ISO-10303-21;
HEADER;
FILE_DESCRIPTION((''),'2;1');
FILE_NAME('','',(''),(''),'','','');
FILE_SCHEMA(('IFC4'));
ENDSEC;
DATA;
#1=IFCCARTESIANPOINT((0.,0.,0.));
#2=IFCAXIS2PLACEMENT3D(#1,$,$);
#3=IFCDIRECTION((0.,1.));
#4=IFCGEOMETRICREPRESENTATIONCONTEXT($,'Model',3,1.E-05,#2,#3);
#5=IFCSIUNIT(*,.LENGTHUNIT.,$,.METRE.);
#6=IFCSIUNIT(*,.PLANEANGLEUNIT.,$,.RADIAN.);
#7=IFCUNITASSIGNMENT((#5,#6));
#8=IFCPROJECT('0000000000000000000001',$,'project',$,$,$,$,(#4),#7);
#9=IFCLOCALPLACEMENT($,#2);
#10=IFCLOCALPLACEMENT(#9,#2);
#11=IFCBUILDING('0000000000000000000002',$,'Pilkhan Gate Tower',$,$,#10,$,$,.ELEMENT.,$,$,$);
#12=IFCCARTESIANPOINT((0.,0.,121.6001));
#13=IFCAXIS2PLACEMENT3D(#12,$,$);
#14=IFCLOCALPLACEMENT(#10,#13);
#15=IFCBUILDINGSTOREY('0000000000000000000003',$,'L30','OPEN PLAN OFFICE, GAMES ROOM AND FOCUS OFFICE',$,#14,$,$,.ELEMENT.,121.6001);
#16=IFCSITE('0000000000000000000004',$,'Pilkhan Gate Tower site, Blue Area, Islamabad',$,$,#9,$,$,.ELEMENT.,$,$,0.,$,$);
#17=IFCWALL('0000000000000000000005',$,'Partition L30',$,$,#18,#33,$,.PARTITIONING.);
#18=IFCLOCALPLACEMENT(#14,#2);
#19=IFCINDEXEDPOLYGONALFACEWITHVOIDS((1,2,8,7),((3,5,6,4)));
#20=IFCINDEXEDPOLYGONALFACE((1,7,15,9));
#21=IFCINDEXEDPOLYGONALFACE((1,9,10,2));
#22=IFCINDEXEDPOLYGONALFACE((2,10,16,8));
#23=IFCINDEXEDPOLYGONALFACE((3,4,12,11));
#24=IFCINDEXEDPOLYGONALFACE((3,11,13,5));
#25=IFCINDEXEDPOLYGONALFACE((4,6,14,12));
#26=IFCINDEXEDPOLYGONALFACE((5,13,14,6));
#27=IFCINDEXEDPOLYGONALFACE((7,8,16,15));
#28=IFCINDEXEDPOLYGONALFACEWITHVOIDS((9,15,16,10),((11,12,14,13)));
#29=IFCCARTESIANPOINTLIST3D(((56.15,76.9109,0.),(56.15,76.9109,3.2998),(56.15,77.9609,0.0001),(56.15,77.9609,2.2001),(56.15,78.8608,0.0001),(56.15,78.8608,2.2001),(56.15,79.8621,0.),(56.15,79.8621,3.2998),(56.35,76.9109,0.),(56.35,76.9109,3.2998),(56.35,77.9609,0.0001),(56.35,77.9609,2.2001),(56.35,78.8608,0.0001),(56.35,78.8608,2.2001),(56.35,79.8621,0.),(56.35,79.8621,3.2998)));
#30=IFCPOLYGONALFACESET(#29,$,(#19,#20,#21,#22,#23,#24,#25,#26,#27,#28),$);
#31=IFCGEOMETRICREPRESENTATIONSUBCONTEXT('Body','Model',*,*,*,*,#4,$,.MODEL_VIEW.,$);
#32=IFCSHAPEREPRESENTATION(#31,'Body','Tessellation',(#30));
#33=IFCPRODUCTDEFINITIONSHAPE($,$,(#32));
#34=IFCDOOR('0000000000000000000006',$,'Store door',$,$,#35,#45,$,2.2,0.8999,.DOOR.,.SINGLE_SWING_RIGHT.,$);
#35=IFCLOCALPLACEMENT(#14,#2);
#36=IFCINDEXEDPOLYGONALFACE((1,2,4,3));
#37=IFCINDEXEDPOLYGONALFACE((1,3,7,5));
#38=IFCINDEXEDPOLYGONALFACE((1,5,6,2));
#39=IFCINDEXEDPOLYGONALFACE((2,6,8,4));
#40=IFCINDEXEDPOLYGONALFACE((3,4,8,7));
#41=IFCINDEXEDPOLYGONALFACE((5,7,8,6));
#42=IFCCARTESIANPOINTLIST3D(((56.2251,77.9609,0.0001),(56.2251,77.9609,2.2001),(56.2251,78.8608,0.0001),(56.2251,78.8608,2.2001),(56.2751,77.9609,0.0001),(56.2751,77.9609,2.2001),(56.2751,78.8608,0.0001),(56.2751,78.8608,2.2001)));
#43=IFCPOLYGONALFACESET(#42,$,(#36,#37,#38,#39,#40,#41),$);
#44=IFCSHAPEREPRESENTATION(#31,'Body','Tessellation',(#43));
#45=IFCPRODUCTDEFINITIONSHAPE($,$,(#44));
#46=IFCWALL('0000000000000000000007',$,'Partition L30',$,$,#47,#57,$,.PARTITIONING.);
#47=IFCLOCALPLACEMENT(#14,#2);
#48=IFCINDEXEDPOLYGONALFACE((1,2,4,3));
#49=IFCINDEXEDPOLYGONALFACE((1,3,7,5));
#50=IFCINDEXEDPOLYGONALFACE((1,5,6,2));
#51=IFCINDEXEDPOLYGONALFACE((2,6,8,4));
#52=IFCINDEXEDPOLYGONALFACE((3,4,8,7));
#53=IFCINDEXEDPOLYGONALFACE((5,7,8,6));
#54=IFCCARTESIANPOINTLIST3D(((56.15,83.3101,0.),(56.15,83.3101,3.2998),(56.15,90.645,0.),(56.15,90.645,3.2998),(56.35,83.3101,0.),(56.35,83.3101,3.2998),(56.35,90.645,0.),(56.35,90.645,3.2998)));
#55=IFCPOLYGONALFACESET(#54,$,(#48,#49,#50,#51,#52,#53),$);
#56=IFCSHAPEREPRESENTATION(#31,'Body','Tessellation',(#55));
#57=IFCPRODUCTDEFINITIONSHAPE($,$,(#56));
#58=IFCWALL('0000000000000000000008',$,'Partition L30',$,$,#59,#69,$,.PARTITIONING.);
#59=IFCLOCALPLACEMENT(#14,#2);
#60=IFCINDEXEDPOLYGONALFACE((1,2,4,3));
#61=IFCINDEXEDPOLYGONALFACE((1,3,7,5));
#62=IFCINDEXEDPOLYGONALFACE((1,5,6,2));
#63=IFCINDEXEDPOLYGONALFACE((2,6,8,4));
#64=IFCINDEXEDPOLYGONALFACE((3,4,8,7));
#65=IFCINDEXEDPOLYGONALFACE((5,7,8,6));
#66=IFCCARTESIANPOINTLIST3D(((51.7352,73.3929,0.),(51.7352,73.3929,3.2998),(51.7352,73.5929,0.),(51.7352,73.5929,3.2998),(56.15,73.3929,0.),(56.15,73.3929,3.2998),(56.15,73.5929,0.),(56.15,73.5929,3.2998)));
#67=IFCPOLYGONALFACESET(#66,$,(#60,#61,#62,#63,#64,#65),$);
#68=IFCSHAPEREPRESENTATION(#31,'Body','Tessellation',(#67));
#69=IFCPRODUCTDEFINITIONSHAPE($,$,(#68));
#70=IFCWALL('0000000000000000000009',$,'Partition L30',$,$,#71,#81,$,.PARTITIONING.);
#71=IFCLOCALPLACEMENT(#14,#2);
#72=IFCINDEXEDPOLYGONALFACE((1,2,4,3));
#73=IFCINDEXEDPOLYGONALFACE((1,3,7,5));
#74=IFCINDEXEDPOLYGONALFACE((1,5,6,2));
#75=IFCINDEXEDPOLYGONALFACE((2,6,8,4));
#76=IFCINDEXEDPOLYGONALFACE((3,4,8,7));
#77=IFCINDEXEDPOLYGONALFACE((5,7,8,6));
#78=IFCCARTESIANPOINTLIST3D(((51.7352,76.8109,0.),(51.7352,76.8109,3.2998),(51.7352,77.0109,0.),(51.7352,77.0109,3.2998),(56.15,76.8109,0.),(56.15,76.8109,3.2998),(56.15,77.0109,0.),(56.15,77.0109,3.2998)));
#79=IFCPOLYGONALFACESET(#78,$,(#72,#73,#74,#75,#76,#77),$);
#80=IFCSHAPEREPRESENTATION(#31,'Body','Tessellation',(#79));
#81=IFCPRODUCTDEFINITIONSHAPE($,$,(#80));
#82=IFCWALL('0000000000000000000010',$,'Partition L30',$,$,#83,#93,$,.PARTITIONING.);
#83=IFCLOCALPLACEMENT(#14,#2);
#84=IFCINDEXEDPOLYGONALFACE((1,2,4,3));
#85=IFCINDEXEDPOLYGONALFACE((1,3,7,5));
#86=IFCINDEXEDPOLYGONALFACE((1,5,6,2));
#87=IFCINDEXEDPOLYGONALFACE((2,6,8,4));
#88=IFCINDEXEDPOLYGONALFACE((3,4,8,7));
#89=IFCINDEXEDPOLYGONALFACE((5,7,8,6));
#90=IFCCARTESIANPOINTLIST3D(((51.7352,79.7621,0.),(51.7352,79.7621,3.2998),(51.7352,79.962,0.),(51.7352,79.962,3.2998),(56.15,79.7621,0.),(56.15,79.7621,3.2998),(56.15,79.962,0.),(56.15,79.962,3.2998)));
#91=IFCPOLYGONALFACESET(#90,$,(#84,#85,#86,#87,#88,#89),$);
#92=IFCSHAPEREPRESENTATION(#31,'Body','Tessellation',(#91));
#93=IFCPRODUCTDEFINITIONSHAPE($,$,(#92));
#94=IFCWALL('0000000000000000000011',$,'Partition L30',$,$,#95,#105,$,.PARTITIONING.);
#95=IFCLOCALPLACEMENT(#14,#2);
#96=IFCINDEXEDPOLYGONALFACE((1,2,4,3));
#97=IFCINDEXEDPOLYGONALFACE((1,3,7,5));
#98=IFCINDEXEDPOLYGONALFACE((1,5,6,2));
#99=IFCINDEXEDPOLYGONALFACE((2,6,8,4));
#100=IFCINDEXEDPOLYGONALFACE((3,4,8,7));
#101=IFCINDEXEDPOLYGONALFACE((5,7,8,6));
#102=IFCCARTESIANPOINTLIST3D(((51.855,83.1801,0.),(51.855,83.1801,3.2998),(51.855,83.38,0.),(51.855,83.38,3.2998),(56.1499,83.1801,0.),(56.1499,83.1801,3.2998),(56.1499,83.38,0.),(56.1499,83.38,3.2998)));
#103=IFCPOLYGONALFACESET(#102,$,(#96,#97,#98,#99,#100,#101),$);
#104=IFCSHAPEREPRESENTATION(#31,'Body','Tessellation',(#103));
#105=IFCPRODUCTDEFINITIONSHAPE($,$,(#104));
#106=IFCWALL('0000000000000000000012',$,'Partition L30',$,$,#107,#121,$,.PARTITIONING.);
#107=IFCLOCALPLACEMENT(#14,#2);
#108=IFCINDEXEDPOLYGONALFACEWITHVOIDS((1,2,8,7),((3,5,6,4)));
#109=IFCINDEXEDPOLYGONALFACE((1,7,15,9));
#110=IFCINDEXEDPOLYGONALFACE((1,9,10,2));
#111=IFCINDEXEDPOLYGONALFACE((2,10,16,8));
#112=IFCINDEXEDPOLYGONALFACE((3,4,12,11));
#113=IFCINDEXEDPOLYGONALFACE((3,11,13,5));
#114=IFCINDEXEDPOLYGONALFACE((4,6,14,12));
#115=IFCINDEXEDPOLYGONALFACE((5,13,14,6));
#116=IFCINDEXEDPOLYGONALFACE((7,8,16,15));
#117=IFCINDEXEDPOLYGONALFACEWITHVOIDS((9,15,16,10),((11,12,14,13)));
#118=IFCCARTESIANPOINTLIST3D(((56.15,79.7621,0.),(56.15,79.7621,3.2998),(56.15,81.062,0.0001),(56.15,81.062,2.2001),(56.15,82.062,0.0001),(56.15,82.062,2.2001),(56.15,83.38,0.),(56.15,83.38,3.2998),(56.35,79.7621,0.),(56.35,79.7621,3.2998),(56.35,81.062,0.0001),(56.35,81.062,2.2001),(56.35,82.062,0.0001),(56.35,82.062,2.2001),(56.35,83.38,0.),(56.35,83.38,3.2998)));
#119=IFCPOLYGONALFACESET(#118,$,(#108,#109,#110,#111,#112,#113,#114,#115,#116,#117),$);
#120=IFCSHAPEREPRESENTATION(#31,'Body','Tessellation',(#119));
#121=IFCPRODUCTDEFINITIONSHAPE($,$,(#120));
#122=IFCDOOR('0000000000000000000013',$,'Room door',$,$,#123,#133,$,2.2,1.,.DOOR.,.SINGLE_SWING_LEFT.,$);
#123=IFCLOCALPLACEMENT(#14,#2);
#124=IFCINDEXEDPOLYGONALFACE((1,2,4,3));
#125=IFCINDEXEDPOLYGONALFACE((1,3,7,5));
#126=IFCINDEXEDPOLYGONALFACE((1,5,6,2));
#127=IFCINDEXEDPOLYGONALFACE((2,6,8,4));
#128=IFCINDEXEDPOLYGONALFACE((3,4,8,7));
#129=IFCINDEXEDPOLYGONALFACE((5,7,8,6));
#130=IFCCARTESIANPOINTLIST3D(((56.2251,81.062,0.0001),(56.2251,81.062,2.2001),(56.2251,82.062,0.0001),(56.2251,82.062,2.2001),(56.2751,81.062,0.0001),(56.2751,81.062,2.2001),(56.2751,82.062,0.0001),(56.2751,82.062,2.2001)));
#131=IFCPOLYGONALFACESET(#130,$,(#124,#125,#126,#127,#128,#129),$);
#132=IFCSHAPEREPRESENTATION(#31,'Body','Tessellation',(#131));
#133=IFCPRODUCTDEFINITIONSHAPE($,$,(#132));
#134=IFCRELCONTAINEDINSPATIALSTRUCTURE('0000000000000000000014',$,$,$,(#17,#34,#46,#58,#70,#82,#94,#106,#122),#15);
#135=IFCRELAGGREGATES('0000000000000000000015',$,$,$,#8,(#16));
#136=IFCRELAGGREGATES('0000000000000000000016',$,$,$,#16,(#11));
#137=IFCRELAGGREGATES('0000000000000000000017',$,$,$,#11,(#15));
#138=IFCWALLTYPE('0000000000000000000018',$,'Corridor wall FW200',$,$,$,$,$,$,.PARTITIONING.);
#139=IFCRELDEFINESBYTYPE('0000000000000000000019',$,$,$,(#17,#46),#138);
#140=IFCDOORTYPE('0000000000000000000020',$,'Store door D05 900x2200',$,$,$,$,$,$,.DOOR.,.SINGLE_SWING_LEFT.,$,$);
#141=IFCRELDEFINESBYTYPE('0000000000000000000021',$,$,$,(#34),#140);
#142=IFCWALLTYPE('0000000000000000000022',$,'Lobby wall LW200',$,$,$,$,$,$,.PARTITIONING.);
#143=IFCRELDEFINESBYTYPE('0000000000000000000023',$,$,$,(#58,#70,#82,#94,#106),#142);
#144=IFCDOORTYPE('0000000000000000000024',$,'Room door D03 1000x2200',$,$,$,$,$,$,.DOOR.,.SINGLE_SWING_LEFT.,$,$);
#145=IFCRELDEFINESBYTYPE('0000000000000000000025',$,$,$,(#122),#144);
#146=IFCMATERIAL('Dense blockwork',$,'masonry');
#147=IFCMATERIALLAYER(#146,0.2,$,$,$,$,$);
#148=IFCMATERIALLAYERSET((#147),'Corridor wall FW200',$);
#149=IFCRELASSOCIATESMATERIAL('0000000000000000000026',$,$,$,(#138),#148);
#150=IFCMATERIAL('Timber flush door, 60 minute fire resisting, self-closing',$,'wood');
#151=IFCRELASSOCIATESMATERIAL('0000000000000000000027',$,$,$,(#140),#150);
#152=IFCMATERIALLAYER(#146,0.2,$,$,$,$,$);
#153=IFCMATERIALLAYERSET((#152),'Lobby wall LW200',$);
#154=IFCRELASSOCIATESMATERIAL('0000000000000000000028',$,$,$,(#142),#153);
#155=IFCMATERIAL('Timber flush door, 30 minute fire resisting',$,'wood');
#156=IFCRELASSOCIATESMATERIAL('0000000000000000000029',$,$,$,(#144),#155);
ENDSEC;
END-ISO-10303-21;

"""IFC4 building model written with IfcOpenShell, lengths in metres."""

from ifc_helpers import new_model, si_unit, direction, frame, frame_2d, origin, place, context, subcontext, project, spatial, rectangle, extrude, material, layer, layer_set, type_object, element, fill, save


model = new_model("IFC4")

# Units and contexts
model_context = context("Model", 3, precision=1e-05, world=origin(), true_north=direction((0.0, 1.0)))
body_context = subcontext(model_context, "Body", "Model", "MODEL_VIEW")
ifc_project = project(units=[si_unit("LENGTHUNIT", "METRE"), si_unit("PLANEANGLEUNIT", "RADIAN")], contexts=[model_context])

# Site, building, storey
site_placement = place(None, origin())
site = spatial("IfcSite", under=ifc_project, at=site_placement, Name="Pilkhan Gate Tower site, Blue Area, Islamabad", CompositionType="ELEMENT", RefElevation=0.0)
building_placement = place(site_placement, origin())
building = spatial("IfcBuilding", under=site, at=building_placement, Name="Pilkhan Gate Tower", CompositionType="ELEMENT")
storey_placement = place(building_placement, frame((0.0, 0.0, 121.6001)))
storey = spatial("IfcBuildingStorey", under=building, at=storey_placement, Name="L30", Description="OPEN PLAN OFFICE, GAMES ROOM AND FOCUS OFFICE", CompositionType="ELEMENT", Elevation=121.6001)

# Wall, opening, door
ifc_material_1 = material(Name="Dense blockwork", Category="masonry")
ifc_layer_1 = layer(ifc_material_1, 0.2)
ifc_layer_set_1 = layer_set([ifc_layer_1], Name="Corridor wall FW200")
wall_type_1 = type_object("IfcWallType", Name="Corridor wall FW200", PredefinedType="PARTITIONING", material=ifc_layer_set_1)
wall_1_placement = place(storey_placement, frame((56.25, 76.9109, 0.0), z_axis=(0.0, 0.0, 1.0), x_axis=(0.0, 1.0, 0.0)))
wall_1 = element("IfcWall", 1, at=wall_1_placement, inside=storey, type_object=wall_type_1, Name="Partition L30", PredefinedType="PARTITIONING", context=body_context, shape_type="SweptSolid", body=[
    extrude(rectangle(XDim=2.9512, YDim=0.2, at=frame_2d((1.4756, 0.0))), origin(), (0.0, 0.0, 1.0), 3.2998),
])
opening_1_placement = place(wall_1_placement, frame((1.05, 0.0, 0.0)))
opening_1 = element("IfcOpeningElement", 2, at=opening_1_placement, cuts=wall_1, PredefinedType="OPENING", context=body_context, shape_type="SweptSolid", body=[
    extrude(rectangle(XDim=0.8999, YDim=2.2, at=frame_2d((0.45, 1.1001))), frame((0.0, 0.1099, 0.0), z_axis=(0.0, -1.0, 0.0), x_axis=(1.0, 0.0, 0.0)), (0.0, 0.0, 1.0), 0.22),
])
ifc_material_2 = material(Name="Timber flush door, 60 minute fire resisting, self-closing", Category="wood")
door_type_1 = type_object("IfcDoorType", Name="Store door D05 900x2200", OperationType="SINGLE_SWING_LEFT", PredefinedType="DOOR", material=ifc_material_2)
door_1_placement = place(opening_1_placement, origin())
door_1 = element("IfcDoor", 3, at=door_1_placement, inside=storey, type_object=door_type_1, Name="Store door", OperationType="SINGLE_SWING_RIGHT", OverallHeight=2.2, OverallWidth=0.8999, PredefinedType="DOOR", context=body_context, shape_type="SweptSolid", body=[
    extrude(rectangle(XDim=0.8999, YDim=2.2, at=frame_2d((0.45, 1.1001))), frame((0.0, 0.0249, 0.0), z_axis=(0.0, -1.0, 0.0), x_axis=(1.0, 0.0, 0.0)), (0.0, 0.0, 1.0), 0.05),
])
fill(opening_1, door_1)

# Walls
wall_2_placement = place(storey_placement, frame((56.25, 83.3101, 0.0), z_axis=(0.0, 0.0, 1.0), x_axis=(0.0, 1.0, 0.0)))
element("IfcWall", 4, at=wall_2_placement, inside=storey, type_object=wall_type_1, Name="Partition L30", PredefinedType="PARTITIONING", context=body_context, shape_type="SweptSolid", body=[
    extrude(rectangle(XDim=7.335, YDim=0.2, at=frame_2d((3.6675, 0.0))), origin(), (0.0, 0.0, 1.0), 3.2998),
])
ifc_layer_2 = layer(ifc_material_1, 0.2)
ifc_layer_set_2 = layer_set([ifc_layer_2], Name="Lobby wall LW200")
wall_type_2 = type_object("IfcWallType", Name="Lobby wall LW200", PredefinedType="PARTITIONING", material=ifc_layer_set_2)
for number, where, z_axis, x_axis, name in (
    (5, (51.7351, 73.4929, 0.0), (0.0, 0.0, 1.0), (1.0, 0.0, 0.0), "Partition L30"),
    (6, (51.7351, 76.9109, 0.0), (0.0, 0.0, 1.0), (1.0, 0.0, 0.0), "Partition L30"),
    (7, (51.7351, 79.8621, 0.0), (0.0, 0.0, 1.0), (1.0, 0.0, 0.0), "Partition L30"),
):
    element("IfcWall", number, at=place(storey_placement, frame(where, z_axis=z_axis, x_axis=x_axis)), inside=storey, type_object=wall_type_2, Name=name, PredefinedType="PARTITIONING", context=body_context, shape_type="SweptSolid", body=[
        extrude(rectangle(XDim=4.4148, YDim=0.2, at=frame_2d((2.2075, 0.0))), origin(), (0.0, 0.0, 1.0), 3.2998),
    ])
wall_3_placement = place(storey_placement, frame((51.855, 83.28, 0.0), z_axis=(0.0, 0.0, 1.0), x_axis=(1.0, 0.0, 0.0)))
element("IfcWall", 8, at=wall_3_placement, inside=storey, type_object=wall_type_2, Name="Partition L30", PredefinedType="PARTITIONING", context=body_context, shape_type="SweptSolid", body=[
    extrude(rectangle(XDim=4.2949, YDim=0.2, at=frame_2d((2.1475, 0.0))), origin(), (0.0, 0.0, 1.0), 3.2998),
])

# Wall, opening, door
wall_4_placement = place(storey_placement, frame((56.25, 79.762, 0.0), z_axis=(0.0, 0.0, 1.0), x_axis=(0.0, 1.0, 0.0)))
wall_4 = element("IfcWall", 9, at=wall_4_placement, inside=storey, type_object=wall_type_2, Name="Partition L30", PredefinedType="PARTITIONING", context=body_context, shape_type="SweptSolid", body=[
    extrude(rectangle(XDim=3.6179, YDim=0.2, at=frame_2d((1.8091, 0.0))), origin(), (0.0, 0.0, 1.0), 3.2998),
])
opening_2_placement = place(wall_4_placement, frame((1.3, 0.0, 0.0)))
opening_2 = element("IfcOpeningElement", 10, at=opening_2_placement, cuts=wall_4, PredefinedType="OPENING", context=body_context, shape_type="SweptSolid", body=[
    extrude(rectangle(XDim=1.0, YDim=2.2, at=frame_2d((0.5, 1.1001))), frame((0.0, 0.1099, 0.0), z_axis=(0.0, -1.0, 0.0), x_axis=(1.0, 0.0, 0.0)), (0.0, 0.0, 1.0), 0.22),
])
ifc_material_3 = material(Name="Timber flush door, 30 minute fire resisting", Category="wood")
door_type_2 = type_object("IfcDoorType", Name="Room door D03 1000x2200", OperationType="SINGLE_SWING_LEFT", PredefinedType="DOOR", material=ifc_material_3)
door_2_placement = place(opening_2_placement, origin())
door_2 = element("IfcDoor", 11, at=door_2_placement, inside=storey, type_object=door_type_2, Name="Room door", OperationType="SINGLE_SWING_LEFT", OverallHeight=2.2, OverallWidth=1.0, PredefinedType="DOOR", context=body_context, shape_type="SweptSolid", body=[
    extrude(rectangle(XDim=1.0, YDim=2.2, at=frame_2d((0.5, 1.1001))), frame((0.0, 0.0249, 0.0), z_axis=(0.0, -1.0, 0.0), x_axis=(1.0, 0.0, 0.0)), (0.0, 0.0, 1.0), 0.05),
])
fill(opening_2, door_2)

save(model, "model.ifc")
